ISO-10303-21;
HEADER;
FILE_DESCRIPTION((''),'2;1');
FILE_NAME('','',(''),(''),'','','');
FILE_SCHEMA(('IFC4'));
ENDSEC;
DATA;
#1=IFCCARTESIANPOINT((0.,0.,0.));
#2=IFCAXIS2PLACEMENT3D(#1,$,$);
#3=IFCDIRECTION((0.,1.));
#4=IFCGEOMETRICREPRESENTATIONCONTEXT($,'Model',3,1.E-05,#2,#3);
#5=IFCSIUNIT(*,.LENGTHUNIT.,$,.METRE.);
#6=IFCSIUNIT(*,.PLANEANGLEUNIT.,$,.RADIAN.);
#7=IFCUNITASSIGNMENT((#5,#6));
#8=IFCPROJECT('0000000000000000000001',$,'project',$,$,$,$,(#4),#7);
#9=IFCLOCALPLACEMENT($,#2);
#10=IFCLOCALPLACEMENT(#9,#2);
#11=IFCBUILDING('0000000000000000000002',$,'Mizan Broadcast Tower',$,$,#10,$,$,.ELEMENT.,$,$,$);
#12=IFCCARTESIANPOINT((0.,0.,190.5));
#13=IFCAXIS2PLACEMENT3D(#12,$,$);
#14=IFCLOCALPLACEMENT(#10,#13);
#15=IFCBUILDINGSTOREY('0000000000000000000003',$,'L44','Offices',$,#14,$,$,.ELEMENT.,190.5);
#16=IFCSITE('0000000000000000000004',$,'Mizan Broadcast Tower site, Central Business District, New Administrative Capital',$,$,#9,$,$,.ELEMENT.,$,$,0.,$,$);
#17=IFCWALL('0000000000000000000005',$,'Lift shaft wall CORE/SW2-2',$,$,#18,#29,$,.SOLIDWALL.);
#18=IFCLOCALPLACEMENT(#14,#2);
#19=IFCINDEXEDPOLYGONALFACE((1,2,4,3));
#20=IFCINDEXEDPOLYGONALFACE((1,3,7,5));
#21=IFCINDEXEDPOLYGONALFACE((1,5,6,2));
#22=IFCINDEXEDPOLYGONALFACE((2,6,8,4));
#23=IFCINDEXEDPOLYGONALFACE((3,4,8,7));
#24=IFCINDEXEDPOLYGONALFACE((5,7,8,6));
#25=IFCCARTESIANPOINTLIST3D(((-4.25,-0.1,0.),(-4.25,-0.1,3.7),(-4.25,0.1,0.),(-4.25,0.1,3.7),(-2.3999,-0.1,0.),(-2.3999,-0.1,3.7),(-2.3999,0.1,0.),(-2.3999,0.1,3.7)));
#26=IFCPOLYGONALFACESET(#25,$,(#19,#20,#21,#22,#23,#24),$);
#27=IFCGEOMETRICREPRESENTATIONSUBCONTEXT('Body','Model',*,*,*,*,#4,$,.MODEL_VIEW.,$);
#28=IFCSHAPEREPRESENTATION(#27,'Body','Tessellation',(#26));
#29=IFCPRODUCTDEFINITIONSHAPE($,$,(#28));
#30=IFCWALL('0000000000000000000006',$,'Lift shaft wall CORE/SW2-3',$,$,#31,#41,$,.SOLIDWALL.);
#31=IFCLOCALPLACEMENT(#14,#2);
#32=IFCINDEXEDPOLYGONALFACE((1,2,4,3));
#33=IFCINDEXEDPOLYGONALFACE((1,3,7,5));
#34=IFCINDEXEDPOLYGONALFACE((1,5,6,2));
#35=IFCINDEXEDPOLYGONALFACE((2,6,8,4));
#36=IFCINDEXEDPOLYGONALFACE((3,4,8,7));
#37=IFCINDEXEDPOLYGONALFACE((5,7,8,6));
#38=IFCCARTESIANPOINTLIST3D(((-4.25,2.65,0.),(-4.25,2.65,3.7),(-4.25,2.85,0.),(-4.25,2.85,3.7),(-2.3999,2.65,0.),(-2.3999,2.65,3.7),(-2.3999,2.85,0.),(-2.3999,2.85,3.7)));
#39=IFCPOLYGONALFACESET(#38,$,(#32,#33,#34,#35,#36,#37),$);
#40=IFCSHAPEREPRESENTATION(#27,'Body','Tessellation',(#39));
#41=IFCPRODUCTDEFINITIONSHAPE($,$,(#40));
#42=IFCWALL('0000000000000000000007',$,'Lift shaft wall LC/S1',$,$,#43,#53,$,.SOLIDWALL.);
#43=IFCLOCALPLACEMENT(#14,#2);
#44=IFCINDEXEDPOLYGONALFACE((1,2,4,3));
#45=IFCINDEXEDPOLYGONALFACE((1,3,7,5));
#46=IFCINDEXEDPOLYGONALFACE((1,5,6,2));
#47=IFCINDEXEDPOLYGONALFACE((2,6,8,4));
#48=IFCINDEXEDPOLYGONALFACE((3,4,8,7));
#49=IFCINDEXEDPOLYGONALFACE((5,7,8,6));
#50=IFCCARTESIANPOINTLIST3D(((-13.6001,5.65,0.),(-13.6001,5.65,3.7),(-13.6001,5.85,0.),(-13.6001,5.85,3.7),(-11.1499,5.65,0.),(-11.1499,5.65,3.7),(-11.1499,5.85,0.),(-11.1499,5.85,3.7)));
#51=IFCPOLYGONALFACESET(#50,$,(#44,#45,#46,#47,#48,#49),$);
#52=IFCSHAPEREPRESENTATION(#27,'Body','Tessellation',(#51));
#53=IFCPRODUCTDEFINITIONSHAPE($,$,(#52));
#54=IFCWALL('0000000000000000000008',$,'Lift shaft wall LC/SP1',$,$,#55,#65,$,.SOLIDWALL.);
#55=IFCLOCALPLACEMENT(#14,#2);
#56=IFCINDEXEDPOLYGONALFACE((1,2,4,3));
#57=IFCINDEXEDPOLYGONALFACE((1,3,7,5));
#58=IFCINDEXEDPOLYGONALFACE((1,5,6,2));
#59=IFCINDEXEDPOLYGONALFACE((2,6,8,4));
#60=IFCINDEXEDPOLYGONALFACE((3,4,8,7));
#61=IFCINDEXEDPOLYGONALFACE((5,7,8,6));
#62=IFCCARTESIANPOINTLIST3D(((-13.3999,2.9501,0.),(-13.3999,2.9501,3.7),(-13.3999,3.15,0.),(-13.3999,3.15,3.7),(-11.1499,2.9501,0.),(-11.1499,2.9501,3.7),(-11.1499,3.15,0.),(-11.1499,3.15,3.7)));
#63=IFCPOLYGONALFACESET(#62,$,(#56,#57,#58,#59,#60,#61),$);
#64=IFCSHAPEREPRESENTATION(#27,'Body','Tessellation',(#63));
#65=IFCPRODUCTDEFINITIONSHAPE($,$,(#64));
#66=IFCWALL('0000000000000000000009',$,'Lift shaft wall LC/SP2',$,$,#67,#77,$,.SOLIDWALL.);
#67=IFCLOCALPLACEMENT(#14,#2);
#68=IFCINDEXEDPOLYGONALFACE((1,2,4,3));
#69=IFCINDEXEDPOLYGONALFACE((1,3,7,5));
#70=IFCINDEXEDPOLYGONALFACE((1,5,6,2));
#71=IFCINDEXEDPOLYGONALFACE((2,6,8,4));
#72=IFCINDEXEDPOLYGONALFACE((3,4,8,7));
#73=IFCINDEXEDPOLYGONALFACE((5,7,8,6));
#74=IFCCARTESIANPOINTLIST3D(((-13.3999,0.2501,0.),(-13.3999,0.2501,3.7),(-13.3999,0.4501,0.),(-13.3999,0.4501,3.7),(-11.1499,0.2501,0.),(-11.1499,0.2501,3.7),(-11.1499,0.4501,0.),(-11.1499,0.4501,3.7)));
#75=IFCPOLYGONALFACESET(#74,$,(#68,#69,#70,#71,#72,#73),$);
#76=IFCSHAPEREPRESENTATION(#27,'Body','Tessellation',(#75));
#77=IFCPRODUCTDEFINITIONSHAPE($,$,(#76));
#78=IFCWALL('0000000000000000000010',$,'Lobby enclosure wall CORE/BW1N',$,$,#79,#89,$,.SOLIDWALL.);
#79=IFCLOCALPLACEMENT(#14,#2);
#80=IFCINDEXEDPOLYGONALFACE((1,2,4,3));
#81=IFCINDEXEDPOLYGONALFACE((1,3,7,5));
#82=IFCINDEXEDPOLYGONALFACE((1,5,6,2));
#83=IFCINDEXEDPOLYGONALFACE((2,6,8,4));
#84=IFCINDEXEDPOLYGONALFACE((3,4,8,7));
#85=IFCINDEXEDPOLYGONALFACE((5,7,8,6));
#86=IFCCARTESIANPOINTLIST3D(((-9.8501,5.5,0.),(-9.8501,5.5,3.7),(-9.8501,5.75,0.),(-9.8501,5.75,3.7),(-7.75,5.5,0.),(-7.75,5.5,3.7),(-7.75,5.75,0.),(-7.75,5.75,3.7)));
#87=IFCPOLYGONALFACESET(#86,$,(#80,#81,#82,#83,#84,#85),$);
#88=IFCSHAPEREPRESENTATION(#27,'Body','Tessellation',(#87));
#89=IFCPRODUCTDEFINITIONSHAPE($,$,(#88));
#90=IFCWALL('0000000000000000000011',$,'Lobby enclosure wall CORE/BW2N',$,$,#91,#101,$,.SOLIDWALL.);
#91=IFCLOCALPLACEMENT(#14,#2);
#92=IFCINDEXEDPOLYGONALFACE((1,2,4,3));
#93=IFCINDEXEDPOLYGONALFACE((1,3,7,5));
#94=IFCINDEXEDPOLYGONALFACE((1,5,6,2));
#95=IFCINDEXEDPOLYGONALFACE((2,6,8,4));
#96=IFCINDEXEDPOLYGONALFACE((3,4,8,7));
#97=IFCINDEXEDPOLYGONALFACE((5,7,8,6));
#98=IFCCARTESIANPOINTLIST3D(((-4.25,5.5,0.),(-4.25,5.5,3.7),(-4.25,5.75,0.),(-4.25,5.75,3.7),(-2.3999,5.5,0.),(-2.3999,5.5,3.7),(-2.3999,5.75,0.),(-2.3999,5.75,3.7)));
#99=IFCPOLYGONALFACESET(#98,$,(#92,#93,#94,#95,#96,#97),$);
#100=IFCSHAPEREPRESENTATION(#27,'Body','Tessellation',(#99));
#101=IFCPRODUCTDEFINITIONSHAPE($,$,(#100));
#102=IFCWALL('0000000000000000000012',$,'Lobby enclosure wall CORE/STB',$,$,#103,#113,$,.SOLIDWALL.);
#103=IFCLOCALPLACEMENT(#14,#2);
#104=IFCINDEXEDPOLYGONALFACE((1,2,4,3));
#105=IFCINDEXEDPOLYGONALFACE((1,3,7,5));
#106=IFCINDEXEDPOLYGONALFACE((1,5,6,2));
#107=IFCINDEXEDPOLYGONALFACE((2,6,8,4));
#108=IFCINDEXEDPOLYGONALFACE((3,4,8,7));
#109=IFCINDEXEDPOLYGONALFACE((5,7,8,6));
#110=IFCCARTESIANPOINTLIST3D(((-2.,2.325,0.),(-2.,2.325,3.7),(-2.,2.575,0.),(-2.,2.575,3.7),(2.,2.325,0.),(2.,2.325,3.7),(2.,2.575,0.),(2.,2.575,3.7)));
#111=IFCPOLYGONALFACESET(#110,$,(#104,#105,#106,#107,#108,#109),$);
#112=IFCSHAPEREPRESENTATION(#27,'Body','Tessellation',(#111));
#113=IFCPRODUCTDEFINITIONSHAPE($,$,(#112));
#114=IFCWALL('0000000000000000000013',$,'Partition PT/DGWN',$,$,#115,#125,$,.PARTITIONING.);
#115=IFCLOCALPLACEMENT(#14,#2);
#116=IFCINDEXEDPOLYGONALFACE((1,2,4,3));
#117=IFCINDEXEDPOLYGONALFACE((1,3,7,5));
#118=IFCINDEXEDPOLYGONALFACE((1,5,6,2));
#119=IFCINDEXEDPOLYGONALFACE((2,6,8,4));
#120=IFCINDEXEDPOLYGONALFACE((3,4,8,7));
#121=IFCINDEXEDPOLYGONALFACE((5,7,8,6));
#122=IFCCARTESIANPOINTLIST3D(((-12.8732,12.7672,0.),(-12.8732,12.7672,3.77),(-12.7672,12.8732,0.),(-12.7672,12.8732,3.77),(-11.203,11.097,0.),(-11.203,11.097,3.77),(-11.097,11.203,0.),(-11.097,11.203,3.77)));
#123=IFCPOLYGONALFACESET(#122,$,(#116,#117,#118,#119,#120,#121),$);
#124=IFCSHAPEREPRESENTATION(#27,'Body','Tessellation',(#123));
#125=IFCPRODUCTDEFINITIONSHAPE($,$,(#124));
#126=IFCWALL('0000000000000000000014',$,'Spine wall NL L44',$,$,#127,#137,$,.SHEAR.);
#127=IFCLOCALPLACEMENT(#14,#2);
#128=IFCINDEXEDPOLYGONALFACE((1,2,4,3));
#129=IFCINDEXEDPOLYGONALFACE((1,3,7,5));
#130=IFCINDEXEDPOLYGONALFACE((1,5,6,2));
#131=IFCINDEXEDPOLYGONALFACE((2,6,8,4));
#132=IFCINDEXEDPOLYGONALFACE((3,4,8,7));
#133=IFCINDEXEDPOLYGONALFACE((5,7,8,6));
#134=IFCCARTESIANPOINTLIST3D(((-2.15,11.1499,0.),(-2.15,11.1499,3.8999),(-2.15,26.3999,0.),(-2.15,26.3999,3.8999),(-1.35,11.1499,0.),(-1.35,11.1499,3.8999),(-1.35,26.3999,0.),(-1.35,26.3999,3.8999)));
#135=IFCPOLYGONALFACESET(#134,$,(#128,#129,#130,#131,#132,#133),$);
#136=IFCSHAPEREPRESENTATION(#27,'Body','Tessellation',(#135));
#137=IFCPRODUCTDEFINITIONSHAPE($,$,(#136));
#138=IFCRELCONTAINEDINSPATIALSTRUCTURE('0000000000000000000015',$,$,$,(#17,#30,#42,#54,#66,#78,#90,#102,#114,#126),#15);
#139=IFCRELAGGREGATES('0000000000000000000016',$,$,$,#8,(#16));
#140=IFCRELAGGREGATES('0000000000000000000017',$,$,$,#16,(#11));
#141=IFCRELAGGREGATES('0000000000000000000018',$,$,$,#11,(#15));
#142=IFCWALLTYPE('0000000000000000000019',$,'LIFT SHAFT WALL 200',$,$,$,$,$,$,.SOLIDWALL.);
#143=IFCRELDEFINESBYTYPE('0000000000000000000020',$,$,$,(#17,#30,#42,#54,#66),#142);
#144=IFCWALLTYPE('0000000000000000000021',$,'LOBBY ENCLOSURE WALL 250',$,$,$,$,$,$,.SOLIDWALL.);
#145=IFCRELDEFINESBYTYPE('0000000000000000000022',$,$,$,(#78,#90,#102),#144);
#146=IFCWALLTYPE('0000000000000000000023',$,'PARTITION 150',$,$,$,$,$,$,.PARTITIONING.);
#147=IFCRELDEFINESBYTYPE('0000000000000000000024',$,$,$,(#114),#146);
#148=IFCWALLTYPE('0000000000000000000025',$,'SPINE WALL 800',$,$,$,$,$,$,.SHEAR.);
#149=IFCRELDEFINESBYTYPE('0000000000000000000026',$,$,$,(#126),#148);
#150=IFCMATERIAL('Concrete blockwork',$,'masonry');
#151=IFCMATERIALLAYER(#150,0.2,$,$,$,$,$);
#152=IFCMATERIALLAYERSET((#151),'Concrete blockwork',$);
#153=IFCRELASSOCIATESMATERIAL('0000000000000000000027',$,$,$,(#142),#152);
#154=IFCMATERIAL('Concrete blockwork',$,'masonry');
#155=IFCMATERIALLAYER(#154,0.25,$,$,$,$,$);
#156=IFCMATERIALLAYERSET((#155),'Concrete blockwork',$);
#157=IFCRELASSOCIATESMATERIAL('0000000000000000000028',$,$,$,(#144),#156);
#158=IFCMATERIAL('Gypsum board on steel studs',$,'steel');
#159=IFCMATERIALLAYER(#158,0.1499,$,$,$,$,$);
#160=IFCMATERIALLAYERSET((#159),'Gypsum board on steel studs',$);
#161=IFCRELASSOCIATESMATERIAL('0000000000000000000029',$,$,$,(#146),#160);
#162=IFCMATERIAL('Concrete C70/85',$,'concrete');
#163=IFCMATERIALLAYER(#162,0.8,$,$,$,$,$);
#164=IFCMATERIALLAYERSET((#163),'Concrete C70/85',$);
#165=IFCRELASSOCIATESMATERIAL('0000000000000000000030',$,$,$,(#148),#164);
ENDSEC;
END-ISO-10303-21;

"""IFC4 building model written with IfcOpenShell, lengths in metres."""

from ifc_helpers import new_model, si_unit, direction, frame, frame_2d, origin, place, context, subcontext, project, spatial, rectangle, extrude, material, layer, layer_set, type_object, element, save


model = new_model("IFC4")

# Units and contexts
model_context = context("Model", 3, precision=1e-05, world=origin(), true_north=direction((0.0, 1.0)))
body_context = subcontext(model_context, "Body", "Model", "MODEL_VIEW")
ifc_project = project(units=[si_unit("LENGTHUNIT", "METRE"), si_unit("PLANEANGLEUNIT", "RADIAN")], contexts=[model_context])

# Site, building, storey
site_placement = place(None, origin())
site = spatial("IfcSite", under=ifc_project, at=site_placement, Name="Mizan Broadcast Tower site, Central Business District, New Administrative Capital", CompositionType="ELEMENT", RefElevation=0.0)
building_placement = place(site_placement, origin())
building = spatial("IfcBuilding", under=site, at=building_placement, Name="Mizan Broadcast Tower", CompositionType="ELEMENT")
storey_placement = place(building_placement, frame((0.0, 0.0, 190.5)))
storey = spatial("IfcBuildingStorey", under=building, at=storey_placement, Name="L44", Description="Offices", CompositionType="ELEMENT", Elevation=190.5)

# Walls
ifc_material_1 = material(Name="Concrete blockwork", Category="masonry")
ifc_layer_1 = layer(ifc_material_1, 0.2)
ifc_layer_set_1 = layer_set([ifc_layer_1], Name="Concrete blockwork")
wall_type_1 = type_object("IfcWallType", Name="LIFT SHAFT WALL 200", PredefinedType="SOLIDWALL", material=ifc_layer_set_1)
for number, where, z_axis, x_axis, name in (
    (1, (-4.25, 0.0, 0.0), (0.0, 0.0, 1.0), (1.0, 0.0, 0.0), "Lift shaft wall CORE/SW2-2"),
    (2, (-4.25, 2.75, 0.0), (0.0, 0.0, 1.0), (1.0, 0.0, 0.0), "Lift shaft wall CORE/SW2-3"),
):
    element("IfcWall", number, at=place(storey_placement, frame(where, z_axis=z_axis, x_axis=x_axis)), inside=storey, type_object=wall_type_1, Name=name, PredefinedType="SOLIDWALL", context=body_context, shape_type="SweptSolid", body=[
        extrude(rectangle(XDim=1.8501, YDim=0.2, at=frame_2d((0.925, 0.0))), origin(), (0.0, 0.0, 1.0), 3.7),
    ])
wall_1_placement = place(storey_placement, frame((-11.1499, 5.75, 0.0), z_axis=(0.0, 0.0, 1.0), x_axis=(-1.0, 0.0, 0.0)))
element("IfcWall", 3, at=wall_1_placement, inside=storey, type_object=wall_type_1, Name="Lift shaft wall LC/S1", PredefinedType="SOLIDWALL", context=body_context, shape_type="SweptSolid", body=[
    extrude(rectangle(XDim=2.4502, YDim=0.2, at=frame_2d((1.2251, 0.0))), origin(), (0.0, 0.0, 1.0), 3.7),
])
for number, where, z_axis, x_axis, name in (
    (4, (-11.1499, 3.05, 0.0), (0.0, 0.0, 1.0), (-1.0, 0.0, 0.0), "Lift shaft wall LC/SP1"),
    (5, (-11.1499, 0.3501, 0.0), (0.0, 0.0, 1.0), (-1.0, 0.0, 0.0), "Lift shaft wall LC/SP2"),
):
    element("IfcWall", number, at=place(storey_placement, frame(where, z_axis=z_axis, x_axis=x_axis)), inside=storey, type_object=wall_type_1, Name=name, PredefinedType="SOLIDWALL", context=body_context, shape_type="SweptSolid", body=[
        extrude(rectangle(XDim=2.25, YDim=0.2, at=frame_2d((1.125, 0.0))), origin(), (0.0, 0.0, 1.0), 3.7),
    ])
ifc_material_2 = material(Name="Concrete blockwork", Category="masonry")
ifc_layer_2 = layer(ifc_material_2, 0.25)
ifc_layer_set_2 = layer_set([ifc_layer_2], Name="Concrete blockwork")
wall_type_2 = type_object("IfcWallType", Name="LOBBY ENCLOSURE WALL 250", PredefinedType="SOLIDWALL", material=ifc_layer_set_2)
wall_2_placement = place(storey_placement, frame((-9.8501, 5.625, 0.0), z_axis=(0.0, 0.0, 1.0), x_axis=(1.0, 0.0, 0.0)))
element("IfcWall", 6, at=wall_2_placement, inside=storey, type_object=wall_type_2, Name="Lobby enclosure wall CORE/BW1N", PredefinedType="SOLIDWALL", context=body_context, shape_type="SweptSolid", body=[
    extrude(rectangle(XDim=2.1001, YDim=0.25, at=frame_2d((1.05, 0.0))), origin(), (0.0, 0.0, 1.0), 3.7),
])
wall_3_placement = place(storey_placement, frame((-4.25, 5.625, 0.0), z_axis=(0.0, 0.0, 1.0), x_axis=(1.0, 0.0, 0.0)))
element("IfcWall", 7, at=wall_3_placement, inside=storey, type_object=wall_type_2, Name="Lobby enclosure wall CORE/BW2N", PredefinedType="SOLIDWALL", context=body_context, shape_type="SweptSolid", body=[
    extrude(rectangle(XDim=1.8501, YDim=0.25, at=frame_2d((0.925, 0.0))), origin(), (0.0, 0.0, 1.0), 3.7),
])
wall_4_placement = place(storey_placement, frame((-2.0, 2.45, 0.0), z_axis=(0.0, 0.0, 1.0), x_axis=(1.0, 0.0, 0.0)))
element("IfcWall", 8, at=wall_4_placement, inside=storey, type_object=wall_type_2, Name="Lobby enclosure wall CORE/STB", PredefinedType="SOLIDWALL", context=body_context, shape_type="SweptSolid", body=[
    extrude(rectangle(XDim=4.0, YDim=0.25, at=frame_2d((2.0, 0.0))), origin(), (0.0, 0.0, 1.0), 3.7),
])
ifc_material_3 = material(Name="Gypsum board on steel studs", Category="steel")
ifc_layer_3 = layer(ifc_material_3, 0.1499)
ifc_layer_set_3 = layer_set([ifc_layer_3], Name="Gypsum board on steel studs")
wall_type_3 = type_object("IfcWallType", Name="PARTITION 150", PredefinedType="PARTITIONING", material=ifc_layer_set_3)
wall_5_placement = place(storey_placement, frame((-11.1499, 11.1499, 0.0), z_axis=(0.0, 0.0, 1.0), x_axis=(-0.707107, 0.707107, 0.0)))
element("IfcWall", 9, at=wall_5_placement, inside=storey, type_object=wall_type_3, Name="Partition PT/DGWN", PredefinedType="PARTITIONING", context=body_context, shape_type="SweptSolid", body=[
    extrude(rectangle(XDim=2.3621, YDim=0.1499, at=frame_2d((1.1812, 0.0))), origin(), (0.0, 0.0, 1.0), 3.77),
])
ifc_material_4 = material(Name="Concrete C70/85", Category="concrete")
ifc_layer_4 = layer(ifc_material_4, 0.8)
ifc_layer_set_4 = layer_set([ifc_layer_4], Name="Concrete C70/85")
wall_type_4 = type_object("IfcWallType", Name="SPINE WALL 800", PredefinedType="SHEAR", material=ifc_layer_set_4)
wall_6_placement = place(storey_placement, frame((-1.75, 11.1499, 0.0), z_axis=(0.0, 0.0, 1.0), x_axis=(0.0, 1.0, 0.0)))
element("IfcWall", 10, at=wall_6_placement, inside=storey, type_object=wall_type_4, Name="Spine wall NL L44", PredefinedType="SHEAR", context=body_context, shape_type="SweptSolid", body=[
    extrude(rectangle(XDim=15.25, YDim=0.8, at=frame_2d((7.625, 0.0))), origin(), (0.0, 0.0, 1.0), 3.8999),
])

save(model, "model.ifc")
